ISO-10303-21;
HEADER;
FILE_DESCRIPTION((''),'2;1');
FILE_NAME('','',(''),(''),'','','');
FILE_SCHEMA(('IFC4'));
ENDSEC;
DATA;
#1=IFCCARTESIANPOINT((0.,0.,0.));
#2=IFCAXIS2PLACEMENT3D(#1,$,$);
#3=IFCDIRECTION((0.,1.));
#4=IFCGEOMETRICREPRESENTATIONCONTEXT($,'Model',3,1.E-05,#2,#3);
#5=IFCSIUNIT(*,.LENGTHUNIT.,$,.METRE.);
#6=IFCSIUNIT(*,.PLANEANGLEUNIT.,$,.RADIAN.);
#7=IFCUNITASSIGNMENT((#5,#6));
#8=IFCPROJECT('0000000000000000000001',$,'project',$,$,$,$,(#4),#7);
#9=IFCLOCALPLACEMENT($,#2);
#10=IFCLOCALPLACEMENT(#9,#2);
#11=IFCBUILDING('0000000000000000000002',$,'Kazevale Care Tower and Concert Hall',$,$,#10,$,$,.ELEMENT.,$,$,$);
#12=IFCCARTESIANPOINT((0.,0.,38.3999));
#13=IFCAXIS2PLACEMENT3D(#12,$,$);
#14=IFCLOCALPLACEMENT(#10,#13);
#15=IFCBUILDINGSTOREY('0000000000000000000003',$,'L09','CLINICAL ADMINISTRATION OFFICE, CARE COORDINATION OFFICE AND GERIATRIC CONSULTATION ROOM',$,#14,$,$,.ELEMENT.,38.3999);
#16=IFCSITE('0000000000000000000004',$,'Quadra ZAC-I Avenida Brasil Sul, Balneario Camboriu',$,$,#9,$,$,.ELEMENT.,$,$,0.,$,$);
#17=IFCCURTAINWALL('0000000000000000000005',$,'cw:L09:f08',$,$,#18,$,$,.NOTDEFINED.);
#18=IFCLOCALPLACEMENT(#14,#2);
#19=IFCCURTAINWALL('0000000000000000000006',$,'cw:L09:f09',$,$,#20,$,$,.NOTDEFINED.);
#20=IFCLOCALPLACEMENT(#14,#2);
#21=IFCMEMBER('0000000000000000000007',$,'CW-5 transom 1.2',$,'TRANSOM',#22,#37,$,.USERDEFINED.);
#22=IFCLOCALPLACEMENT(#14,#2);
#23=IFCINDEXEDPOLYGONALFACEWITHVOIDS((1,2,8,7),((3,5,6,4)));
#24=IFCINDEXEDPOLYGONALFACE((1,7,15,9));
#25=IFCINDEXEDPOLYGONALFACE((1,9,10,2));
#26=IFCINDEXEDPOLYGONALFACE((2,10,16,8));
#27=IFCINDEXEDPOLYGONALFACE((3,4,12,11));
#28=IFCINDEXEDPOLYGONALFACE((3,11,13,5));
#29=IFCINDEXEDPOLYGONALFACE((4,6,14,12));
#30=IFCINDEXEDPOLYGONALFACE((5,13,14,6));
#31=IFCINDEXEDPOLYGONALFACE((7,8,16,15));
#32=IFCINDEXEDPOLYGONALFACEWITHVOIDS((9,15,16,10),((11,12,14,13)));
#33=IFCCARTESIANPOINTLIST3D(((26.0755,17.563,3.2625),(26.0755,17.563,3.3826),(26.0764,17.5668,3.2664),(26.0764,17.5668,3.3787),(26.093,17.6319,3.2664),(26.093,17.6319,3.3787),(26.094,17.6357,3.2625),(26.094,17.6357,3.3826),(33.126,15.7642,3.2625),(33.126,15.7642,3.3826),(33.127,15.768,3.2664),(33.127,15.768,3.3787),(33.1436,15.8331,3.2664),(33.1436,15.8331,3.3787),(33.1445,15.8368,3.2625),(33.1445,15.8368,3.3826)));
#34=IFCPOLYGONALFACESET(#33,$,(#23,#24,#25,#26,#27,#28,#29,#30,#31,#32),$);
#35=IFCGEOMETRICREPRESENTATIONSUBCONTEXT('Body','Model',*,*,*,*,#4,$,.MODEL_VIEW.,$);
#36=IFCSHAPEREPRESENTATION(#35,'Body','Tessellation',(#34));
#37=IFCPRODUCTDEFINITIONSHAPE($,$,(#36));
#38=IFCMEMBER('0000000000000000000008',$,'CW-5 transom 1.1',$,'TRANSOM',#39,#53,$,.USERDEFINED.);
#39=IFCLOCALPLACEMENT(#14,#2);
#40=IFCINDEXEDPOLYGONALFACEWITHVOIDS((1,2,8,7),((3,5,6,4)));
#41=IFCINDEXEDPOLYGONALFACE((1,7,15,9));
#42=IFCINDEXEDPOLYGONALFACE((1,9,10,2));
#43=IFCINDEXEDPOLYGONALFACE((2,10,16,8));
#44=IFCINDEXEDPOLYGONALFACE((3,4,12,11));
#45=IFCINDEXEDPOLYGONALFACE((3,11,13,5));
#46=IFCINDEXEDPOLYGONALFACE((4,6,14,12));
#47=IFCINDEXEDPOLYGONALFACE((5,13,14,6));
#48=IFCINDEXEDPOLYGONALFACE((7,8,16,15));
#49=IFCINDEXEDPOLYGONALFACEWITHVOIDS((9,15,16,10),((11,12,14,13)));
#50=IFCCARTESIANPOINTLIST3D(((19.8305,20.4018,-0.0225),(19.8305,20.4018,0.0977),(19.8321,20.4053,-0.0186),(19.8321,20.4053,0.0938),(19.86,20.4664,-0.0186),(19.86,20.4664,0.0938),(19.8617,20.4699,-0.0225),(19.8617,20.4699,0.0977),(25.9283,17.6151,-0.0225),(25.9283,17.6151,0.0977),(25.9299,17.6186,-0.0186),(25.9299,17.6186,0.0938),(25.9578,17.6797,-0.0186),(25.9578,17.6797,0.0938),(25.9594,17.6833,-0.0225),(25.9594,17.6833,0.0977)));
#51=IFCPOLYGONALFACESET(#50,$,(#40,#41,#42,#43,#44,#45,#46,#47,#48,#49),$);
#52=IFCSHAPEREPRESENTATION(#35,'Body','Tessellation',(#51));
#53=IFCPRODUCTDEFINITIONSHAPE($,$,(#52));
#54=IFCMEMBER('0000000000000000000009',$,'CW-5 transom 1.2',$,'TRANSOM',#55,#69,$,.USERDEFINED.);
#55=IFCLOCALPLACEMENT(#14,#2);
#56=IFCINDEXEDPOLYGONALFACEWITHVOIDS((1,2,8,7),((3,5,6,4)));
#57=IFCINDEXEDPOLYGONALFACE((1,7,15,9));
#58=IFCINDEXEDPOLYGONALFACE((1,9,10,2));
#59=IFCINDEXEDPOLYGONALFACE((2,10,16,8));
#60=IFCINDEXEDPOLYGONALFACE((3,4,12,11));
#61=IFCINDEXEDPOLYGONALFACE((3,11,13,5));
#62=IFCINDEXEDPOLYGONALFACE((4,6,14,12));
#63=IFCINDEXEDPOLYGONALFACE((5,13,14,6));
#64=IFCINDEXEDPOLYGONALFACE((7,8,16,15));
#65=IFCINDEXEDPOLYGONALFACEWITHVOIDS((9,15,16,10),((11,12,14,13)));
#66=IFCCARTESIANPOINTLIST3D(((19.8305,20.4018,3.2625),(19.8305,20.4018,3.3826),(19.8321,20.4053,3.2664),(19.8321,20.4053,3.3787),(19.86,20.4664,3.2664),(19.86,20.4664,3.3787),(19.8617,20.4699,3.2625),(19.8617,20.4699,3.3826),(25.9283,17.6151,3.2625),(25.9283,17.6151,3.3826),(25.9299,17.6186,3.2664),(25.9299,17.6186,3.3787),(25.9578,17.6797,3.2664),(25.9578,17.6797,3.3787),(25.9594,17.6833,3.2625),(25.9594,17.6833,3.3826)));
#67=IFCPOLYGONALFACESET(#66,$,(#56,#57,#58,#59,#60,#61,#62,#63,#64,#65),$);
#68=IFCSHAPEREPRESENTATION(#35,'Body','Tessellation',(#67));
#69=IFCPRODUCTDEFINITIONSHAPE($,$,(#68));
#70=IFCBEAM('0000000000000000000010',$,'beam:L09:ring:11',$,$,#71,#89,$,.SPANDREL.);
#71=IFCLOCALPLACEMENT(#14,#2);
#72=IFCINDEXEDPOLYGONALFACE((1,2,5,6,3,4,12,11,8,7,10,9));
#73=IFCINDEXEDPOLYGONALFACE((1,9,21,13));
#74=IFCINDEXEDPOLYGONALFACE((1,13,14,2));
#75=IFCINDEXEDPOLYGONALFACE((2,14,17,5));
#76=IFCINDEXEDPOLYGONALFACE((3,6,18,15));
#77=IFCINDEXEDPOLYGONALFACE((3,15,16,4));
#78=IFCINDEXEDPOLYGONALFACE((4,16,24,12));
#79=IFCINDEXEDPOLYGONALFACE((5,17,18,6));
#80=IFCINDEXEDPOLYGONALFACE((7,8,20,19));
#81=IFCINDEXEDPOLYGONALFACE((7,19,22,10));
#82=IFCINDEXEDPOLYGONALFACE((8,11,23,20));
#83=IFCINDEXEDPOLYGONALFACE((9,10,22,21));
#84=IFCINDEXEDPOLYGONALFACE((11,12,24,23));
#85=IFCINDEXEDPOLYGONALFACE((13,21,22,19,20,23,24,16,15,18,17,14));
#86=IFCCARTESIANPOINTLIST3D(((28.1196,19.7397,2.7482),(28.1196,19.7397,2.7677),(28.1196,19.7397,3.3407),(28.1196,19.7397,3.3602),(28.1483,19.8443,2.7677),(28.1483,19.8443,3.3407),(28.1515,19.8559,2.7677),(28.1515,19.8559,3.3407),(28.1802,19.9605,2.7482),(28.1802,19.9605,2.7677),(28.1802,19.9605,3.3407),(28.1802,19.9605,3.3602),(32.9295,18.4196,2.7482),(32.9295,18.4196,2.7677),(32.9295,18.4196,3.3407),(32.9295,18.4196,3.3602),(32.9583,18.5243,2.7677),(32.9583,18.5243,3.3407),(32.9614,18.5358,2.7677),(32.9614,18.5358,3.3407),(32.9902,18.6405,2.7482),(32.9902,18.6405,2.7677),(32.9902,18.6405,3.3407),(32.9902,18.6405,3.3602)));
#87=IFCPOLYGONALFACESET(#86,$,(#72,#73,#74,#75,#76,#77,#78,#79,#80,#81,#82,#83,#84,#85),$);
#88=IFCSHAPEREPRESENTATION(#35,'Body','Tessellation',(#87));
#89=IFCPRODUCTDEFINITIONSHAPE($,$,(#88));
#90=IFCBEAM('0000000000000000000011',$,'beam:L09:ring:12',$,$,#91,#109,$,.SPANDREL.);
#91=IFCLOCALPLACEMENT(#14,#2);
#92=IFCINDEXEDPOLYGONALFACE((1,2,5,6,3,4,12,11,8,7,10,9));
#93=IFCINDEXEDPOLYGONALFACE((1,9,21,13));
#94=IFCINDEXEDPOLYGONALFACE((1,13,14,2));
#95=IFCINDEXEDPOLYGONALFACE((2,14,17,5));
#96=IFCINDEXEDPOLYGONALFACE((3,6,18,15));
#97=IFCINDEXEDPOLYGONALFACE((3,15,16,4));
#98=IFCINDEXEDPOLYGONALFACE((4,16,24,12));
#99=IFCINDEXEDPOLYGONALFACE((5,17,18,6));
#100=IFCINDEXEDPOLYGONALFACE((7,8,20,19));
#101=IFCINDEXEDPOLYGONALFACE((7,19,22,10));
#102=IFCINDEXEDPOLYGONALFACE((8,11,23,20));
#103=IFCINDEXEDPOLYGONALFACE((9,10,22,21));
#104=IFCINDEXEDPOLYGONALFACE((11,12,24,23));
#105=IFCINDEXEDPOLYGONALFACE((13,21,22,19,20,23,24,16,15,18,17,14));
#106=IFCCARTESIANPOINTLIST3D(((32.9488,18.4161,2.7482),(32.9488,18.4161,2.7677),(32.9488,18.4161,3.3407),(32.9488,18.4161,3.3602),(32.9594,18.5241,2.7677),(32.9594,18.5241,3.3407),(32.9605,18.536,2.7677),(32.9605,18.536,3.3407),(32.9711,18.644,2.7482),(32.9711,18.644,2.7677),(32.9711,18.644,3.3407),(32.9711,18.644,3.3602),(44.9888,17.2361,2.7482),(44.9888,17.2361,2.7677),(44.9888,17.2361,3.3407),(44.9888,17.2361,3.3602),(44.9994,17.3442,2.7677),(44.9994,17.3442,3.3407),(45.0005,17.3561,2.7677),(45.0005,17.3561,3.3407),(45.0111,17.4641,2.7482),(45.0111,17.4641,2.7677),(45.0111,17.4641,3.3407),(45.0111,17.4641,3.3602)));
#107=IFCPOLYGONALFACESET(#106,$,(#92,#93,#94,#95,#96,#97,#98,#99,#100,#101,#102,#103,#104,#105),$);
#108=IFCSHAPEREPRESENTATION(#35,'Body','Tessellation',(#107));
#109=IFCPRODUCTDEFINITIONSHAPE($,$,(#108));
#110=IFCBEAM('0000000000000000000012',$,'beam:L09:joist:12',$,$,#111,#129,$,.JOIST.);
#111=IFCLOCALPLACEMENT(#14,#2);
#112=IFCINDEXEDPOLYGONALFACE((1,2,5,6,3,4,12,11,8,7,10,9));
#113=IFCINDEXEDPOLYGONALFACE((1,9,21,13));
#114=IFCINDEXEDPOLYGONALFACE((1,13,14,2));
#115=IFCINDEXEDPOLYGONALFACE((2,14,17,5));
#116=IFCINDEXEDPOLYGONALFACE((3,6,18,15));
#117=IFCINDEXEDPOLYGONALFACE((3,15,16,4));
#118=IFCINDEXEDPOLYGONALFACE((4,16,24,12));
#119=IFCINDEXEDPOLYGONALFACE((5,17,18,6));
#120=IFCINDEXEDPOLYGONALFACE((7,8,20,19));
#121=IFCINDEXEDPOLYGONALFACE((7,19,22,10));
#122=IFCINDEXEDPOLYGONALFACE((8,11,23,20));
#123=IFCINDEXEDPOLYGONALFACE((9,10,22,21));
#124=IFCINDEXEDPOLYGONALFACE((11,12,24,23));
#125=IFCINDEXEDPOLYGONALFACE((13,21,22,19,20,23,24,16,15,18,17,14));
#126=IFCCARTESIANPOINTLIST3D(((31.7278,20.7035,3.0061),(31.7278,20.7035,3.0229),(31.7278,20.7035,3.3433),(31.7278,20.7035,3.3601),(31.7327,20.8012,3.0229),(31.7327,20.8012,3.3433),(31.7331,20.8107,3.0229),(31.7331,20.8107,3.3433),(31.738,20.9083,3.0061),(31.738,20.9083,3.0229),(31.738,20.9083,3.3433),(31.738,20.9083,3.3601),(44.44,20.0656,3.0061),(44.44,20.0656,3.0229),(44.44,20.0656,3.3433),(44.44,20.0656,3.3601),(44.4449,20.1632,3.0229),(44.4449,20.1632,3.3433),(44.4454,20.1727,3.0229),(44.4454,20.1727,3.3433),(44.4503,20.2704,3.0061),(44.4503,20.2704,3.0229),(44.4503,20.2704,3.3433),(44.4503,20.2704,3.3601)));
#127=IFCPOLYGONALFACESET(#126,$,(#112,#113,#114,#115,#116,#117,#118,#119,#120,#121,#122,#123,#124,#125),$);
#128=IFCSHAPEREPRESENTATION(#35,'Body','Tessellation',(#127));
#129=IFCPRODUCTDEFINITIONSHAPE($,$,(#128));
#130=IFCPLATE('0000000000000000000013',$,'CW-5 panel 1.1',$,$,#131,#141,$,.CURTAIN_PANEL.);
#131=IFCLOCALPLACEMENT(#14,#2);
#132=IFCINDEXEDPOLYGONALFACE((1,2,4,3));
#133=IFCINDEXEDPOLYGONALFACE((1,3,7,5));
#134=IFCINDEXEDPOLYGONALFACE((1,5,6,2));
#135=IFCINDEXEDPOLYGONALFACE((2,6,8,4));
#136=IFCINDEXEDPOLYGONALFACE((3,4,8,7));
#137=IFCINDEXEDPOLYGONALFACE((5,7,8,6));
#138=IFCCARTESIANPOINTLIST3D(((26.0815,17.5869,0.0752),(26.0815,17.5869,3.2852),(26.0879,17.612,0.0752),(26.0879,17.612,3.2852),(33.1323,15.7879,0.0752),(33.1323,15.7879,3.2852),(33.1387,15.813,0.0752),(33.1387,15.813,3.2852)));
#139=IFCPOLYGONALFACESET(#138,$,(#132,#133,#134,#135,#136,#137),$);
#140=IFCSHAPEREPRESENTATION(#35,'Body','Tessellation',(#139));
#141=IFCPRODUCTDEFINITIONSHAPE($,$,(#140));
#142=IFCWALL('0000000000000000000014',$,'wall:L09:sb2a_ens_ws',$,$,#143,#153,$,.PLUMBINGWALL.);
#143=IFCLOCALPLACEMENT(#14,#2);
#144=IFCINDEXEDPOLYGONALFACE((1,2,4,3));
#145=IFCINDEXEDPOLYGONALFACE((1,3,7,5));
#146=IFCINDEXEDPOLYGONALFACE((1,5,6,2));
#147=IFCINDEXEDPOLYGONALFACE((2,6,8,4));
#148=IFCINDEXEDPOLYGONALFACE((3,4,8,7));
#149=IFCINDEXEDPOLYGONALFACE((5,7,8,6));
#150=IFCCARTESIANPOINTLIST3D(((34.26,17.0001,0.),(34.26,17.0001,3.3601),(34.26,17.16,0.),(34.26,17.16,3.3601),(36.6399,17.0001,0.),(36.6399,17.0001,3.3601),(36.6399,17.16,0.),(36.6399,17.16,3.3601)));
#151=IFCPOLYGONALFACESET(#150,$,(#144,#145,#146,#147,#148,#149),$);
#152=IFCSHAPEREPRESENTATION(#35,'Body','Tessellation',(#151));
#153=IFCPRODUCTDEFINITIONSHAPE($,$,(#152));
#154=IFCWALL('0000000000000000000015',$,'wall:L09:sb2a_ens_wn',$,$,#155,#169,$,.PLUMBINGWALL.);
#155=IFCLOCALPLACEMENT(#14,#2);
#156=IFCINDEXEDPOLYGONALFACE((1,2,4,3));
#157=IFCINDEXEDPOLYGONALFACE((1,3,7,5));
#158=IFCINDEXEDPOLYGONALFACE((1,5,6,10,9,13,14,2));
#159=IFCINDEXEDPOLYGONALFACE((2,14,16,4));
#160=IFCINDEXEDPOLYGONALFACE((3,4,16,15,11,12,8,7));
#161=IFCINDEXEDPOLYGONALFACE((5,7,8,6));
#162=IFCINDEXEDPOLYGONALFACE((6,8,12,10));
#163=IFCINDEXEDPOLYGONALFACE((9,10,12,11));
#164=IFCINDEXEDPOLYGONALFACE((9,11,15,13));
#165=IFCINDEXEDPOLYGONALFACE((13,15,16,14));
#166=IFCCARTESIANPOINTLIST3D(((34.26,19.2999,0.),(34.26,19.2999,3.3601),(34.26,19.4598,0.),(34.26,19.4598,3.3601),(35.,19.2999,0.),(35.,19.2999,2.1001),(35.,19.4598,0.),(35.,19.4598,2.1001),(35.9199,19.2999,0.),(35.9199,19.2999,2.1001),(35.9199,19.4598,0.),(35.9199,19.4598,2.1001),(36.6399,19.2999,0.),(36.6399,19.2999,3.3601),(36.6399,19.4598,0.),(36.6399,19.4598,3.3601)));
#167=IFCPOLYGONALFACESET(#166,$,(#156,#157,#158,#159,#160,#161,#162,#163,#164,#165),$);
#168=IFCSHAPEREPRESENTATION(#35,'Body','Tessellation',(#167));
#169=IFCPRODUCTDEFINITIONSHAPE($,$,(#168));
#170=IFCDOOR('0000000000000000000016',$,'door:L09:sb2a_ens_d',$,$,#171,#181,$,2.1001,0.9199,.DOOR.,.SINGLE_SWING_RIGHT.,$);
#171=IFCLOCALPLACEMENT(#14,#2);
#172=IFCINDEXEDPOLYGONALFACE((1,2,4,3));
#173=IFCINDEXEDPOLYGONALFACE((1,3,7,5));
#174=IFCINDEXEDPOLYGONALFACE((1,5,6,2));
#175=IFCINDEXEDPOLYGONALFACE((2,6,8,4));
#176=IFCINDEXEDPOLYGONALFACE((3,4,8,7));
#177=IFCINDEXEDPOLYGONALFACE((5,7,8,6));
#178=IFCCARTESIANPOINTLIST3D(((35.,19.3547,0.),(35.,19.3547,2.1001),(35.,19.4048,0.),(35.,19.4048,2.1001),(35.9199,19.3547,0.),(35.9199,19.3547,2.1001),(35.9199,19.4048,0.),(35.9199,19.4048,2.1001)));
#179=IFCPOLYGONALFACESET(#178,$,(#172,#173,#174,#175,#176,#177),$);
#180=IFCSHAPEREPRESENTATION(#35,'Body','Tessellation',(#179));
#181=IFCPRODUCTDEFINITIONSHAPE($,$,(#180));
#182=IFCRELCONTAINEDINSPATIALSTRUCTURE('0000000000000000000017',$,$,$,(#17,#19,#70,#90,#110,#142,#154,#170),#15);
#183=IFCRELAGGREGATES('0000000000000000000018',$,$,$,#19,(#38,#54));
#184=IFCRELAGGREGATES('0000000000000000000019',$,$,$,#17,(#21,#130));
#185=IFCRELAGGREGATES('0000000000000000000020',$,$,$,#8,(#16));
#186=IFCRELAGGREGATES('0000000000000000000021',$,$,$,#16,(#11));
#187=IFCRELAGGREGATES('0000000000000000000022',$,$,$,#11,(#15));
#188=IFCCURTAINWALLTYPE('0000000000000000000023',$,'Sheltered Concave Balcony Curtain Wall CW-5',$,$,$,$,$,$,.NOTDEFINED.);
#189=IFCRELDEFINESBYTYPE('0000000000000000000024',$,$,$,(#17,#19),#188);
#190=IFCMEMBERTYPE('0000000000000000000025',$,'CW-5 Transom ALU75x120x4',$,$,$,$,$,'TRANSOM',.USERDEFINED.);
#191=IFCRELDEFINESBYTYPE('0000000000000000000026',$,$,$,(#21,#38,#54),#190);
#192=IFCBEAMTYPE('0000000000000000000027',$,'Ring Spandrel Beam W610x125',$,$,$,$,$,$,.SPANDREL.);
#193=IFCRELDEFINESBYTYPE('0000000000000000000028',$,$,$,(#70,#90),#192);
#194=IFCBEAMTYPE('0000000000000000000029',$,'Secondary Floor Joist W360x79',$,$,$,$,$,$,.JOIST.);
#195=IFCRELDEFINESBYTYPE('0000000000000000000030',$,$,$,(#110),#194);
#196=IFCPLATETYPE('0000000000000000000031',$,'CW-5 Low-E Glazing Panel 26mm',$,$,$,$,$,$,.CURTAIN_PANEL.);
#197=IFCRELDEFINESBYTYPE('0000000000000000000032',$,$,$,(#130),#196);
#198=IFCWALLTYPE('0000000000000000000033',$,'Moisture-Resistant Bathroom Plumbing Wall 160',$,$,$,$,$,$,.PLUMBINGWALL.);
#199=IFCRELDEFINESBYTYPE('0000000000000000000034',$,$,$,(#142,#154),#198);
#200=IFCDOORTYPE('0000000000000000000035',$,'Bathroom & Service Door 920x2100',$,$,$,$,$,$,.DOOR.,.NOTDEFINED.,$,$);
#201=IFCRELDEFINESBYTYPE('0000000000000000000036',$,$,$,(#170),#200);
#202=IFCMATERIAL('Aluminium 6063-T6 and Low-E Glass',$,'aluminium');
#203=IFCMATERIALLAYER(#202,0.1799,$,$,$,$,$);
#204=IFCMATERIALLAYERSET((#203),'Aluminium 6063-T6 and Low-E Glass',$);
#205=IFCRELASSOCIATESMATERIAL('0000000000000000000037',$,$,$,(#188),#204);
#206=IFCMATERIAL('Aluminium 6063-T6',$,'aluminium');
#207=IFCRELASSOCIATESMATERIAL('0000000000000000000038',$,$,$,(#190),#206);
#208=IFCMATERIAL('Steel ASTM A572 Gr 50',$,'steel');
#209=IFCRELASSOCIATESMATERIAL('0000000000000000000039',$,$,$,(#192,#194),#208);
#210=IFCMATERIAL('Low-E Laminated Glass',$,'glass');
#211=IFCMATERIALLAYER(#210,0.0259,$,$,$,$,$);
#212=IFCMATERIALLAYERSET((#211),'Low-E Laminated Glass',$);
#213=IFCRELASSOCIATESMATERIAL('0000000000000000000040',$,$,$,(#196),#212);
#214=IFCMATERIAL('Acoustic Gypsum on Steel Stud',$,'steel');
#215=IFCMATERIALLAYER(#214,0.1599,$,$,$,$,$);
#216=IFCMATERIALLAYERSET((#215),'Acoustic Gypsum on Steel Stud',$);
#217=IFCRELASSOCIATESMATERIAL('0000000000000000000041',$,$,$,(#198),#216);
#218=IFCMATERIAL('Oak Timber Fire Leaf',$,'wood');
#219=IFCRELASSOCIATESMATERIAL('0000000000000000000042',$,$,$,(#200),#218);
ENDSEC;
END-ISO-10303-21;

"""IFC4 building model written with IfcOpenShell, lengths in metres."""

from ifc_helpers import new_model, si_unit, direction, frame, frame_2d, origin, origin_2d, place, context, subcontext, project, spatial, rectangle, hollow_rectangle, i_section, extrude, material, layer, layer_set, material_profile, profile_set, type_object, element, fill, aggregate, save


model = new_model("IFC4")

# Units and contexts
model_context = context("Model", 3, precision=1e-05, world=origin(), true_north=direction((0.0, 1.0)))
body_context = subcontext(model_context, "Body", "Model", "MODEL_VIEW")
ifc_project = project(units=[si_unit("LENGTHUNIT", "METRE"), si_unit("PLANEANGLEUNIT", "RADIAN")], contexts=[model_context])

# Site, building, storey
site_placement = place(None, origin())
site = spatial("IfcSite", under=ifc_project, at=site_placement, Name="Quadra ZAC-I Avenida Brasil Sul, Balneario Camboriu", CompositionType="ELEMENT", RefElevation=0.0)
building_placement = place(site_placement, origin())
building = spatial("IfcBuilding", under=site, at=building_placement, Name="Kazevale Care Tower and Concert Hall", CompositionType="ELEMENT")
storey_placement = place(building_placement, frame((0.0, 0.0, 38.3999)))
storey = spatial("IfcBuildingStorey", under=building, at=storey_placement, Name="L09", Description="CLINICAL ADMINISTRATION OFFICE, CARE COORDINATION OFFICE AND GERIATRIC CONSULTATION ROOM", CompositionType="ELEMENT", Elevation=38.3999)

# Shared definitions
ifc_material_1 = material(Name="Aluminium 6063-T6 and Low-E Glass", Category="aluminium")
ifc_layer_1 = layer(ifc_material_1, 0.1799)
ifc_layer_set_1 = layer_set([ifc_layer_1], Name="Aluminium 6063-T6 and Low-E Glass")
curtain_wall_type = type_object("IfcCurtainWallType", Name="Sheltered Concave Balcony Curtain Wall CW-5", PredefinedType="NOTDEFINED", material=ifc_layer_set_1)
ifc_material_2 = material(Name="Aluminium 6063-T6", Category="aluminium")

# Curtain wall
curtain_wall_1_placement = place(storey_placement, origin())
curtain_wall_1 = element("IfcCurtainWall", 1, at=curtain_wall_1_placement, inside=storey, type_object=curtain_wall_type, Name="cw:L09:f08", PredefinedType="NOTDEFINED")

# Curtain wall
curtain_wall_2_placement = place(storey_placement, origin())
curtain_wall_2 = element("IfcCurtainWall", 2, at=curtain_wall_2_placement, inside=storey, type_object=curtain_wall_type, Name="cw:L09:f09", PredefinedType="NOTDEFINED")

# Members
ifc_material_profile_1 = material_profile(ifc_material_2, hollow_rectangle(XDim=0.075, YDim=0.1201, WallThickness=0.0039, at=origin_2d()), Name="ALU75x120x4")
ifc_profile_set_1 = profile_set([ifc_material_profile_1], Name="Aluminium 6063-T6")
member_type_1 = type_object("IfcMemberType", Name="CW-5 Transom ALU75x120x4", ElementType="TRANSOM", PredefinedType="USERDEFINED", material=ifc_profile_set_1)
member_1_placement = place(storey_placement, frame((33.1353, 15.8005, 3.3225), z_axis=(-0.968961, 0.247214, 0.0), x_axis=(-0.247214, -0.968961, 0.0)))
member_1 = element("IfcMember", 3, at=member_1_placement, type_object=member_type_1, Name="CW-5 transom 1.2", ObjectType="TRANSOM", PredefinedType="USERDEFINED", context=body_context, shape_type="SweptSolid", body=[
    extrude(hollow_rectangle(XDim=0.075, YDim=0.1201, WallThickness=0.0039, at=origin_2d()), origin(), (0.0, 0.0, 1.0), 7.2764),
])
member_2_placement = place(storey_placement, frame((25.9438, 17.6492, 0.0376), z_axis=(-0.909524, 0.415651, 0.0), x_axis=(-0.415651, -0.909524, 0.0)))
member_2 = element("IfcMember", 4, at=member_2_placement, type_object=member_type_1, Name="CW-5 transom 1.1", ObjectType="TRANSOM", PredefinedType="USERDEFINED", context=body_context, shape_type="SweptSolid", body=[
    extrude(hollow_rectangle(XDim=0.075, YDim=0.1201, WallThickness=0.0039, at=origin_2d()), origin(), (0.0, 0.0, 1.0), 6.7043),
])
member_3_placement = place(storey_placement, frame((25.9438, 17.6492, 3.3225), z_axis=(-0.909524, 0.415651, 0.0), x_axis=(-0.415651, -0.909524, 0.0)))
member_3 = element("IfcMember", 5, at=member_3_placement, type_object=member_type_1, Name="CW-5 transom 1.2", ObjectType="TRANSOM", PredefinedType="USERDEFINED", context=body_context, shape_type="SweptSolid", body=[
    extrude(hollow_rectangle(XDim=0.075, YDim=0.1201, WallThickness=0.0039, at=origin_2d()), origin(), (0.0, 0.0, 1.0), 6.7043),
])
aggregate(curtain_wall_2, [member_2, member_3])

# Beams
ifc_material_3 = material(Name="Steel ASTM A572 Gr 50", Category="steel")
ifc_material_profile_2 = material_profile(ifc_material_3, i_section(OverallWidth=0.229, OverallDepth=0.6121, WebThickness=0.012, FlangeThickness=0.0195, at=origin_2d()), Name="W610x125")
ifc_profile_set_2 = profile_set([ifc_material_profile_2], Name="Steel ASTM A572 Gr 50")
beam_type_1 = type_object("IfcBeamType", Name="Ring Spandrel Beam W610x125", PredefinedType="SPANDREL", material=ifc_profile_set_2)
beam_1_placement = place(storey_placement, frame((28.1499, 19.8501, 3.0542), z_axis=(0.964344, -0.264654, 0.0), x_axis=(0.264654, 0.964344, 0.0)))
element("IfcBeam", 6, at=beam_1_placement, inside=storey, type_object=beam_type_1, Name="beam:L09:ring:11", PredefinedType="SPANDREL", context=body_context, shape_type="SweptSolid", body=[
    extrude(i_section(OverallWidth=0.229, OverallDepth=0.6121, WebThickness=0.012, FlangeThickness=0.0195, at=origin_2d()), origin(), (0.0, 0.0, 1.0), 4.9878),
])
beam_2_placement = place(storey_placement, frame((32.96, 18.53, 3.0542), z_axis=(0.995232, -0.097533, 0.0), x_axis=(0.097533, 0.995232, 0.0)))
element("IfcBeam", 7, at=beam_2_placement, inside=storey, type_object=beam_type_1, Name="beam:L09:ring:12", PredefinedType="SPANDREL", context=body_context, shape_type="SweptSolid", body=[
    extrude(i_section(OverallWidth=0.229, OverallDepth=0.6121, WebThickness=0.012, FlangeThickness=0.0195, at=origin_2d()), origin(), (0.0, 0.0, 1.0), 12.0977),
])
ifc_material_profile_3 = material_profile(ifc_material_3, i_section(OverallWidth=0.2051, OverallDepth=0.354, WebThickness=0.0095, FlangeThickness=0.0168, at=origin_2d()), Name="W360x79")
ifc_profile_set_3 = profile_set([ifc_material_profile_3], Name="Steel ASTM A572 Gr 50")
beam_type_2 = type_object("IfcBeamType", Name="Secondary Floor Joist W360x79", PredefinedType="JOIST", material=ifc_profile_set_3)
beam_3_placement = place(storey_placement, frame((31.7329, 20.8059, 3.1831), z_axis=(0.998743, -0.05012, 0.0), x_axis=(0.05012, 0.998743, 0.0)))
element("IfcBeam", 8, at=beam_3_placement, inside=storey, type_object=beam_type_2, Name="beam:L09:joist:12", PredefinedType="JOIST", context=body_context, shape_type="SweptSolid", body=[
    extrude(i_section(OverallWidth=0.2051, OverallDepth=0.354, WebThickness=0.0095, FlangeThickness=0.0168, at=origin_2d()), origin(), (0.0, 0.0, 1.0), 12.7283),
])

# Plate
ifc_material_4 = material(Name="Low-E Laminated Glass", Category="glass")
ifc_layer_2 = layer(ifc_material_4, 0.0259)
ifc_layer_set_2 = layer_set([ifc_layer_2], Name="Low-E Laminated Glass")
plate_type = type_object("IfcPlateType", Name="CW-5 Low-E Glazing Panel 26mm", PredefinedType="CURTAIN_PANEL", material=ifc_layer_set_2)
plate_placement = place(storey_placement, frame((29.6101, 16.7, 0.0752), z_axis=(0.0, 0.0, 1.0), x_axis=(-0.968959, 0.247222, 0.0)))
plate = element("IfcPlate", 9, at=plate_placement, type_object=plate_type, Name="CW-5 panel 1.1", PredefinedType="CURTAIN_PANEL", context=body_context, shape_type="SweptSolid", body=[
    extrude(rectangle(XDim=7.2766, YDim=0.0259, at=origin_2d()), origin(), (0.0, 0.0, 1.0), 3.21),
])
aggregate(curtain_wall_1, [member_1, plate])

# Wall
ifc_material_5 = material(Name="Acoustic Gypsum on Steel Stud", Category="steel")
ifc_layer_3 = layer(ifc_material_5, 0.1599)
ifc_layer_set_3 = layer_set([ifc_layer_3], Name="Acoustic Gypsum on Steel Stud")
wall_type = type_object("IfcWallType", Name="Moisture-Resistant Bathroom Plumbing Wall 160", PredefinedType="PLUMBINGWALL", material=ifc_layer_set_3)
wall_1_placement = place(storey_placement, frame((34.26, 17.0801, 0.0), z_axis=(0.0, 0.0, 1.0), x_axis=(1.0, 0.0, 0.0)))
element("IfcWall", 10, at=wall_1_placement, inside=storey, type_object=wall_type, Name="wall:L09:sb2a_ens_ws", PredefinedType="PLUMBINGWALL", context=body_context, shape_type="SweptSolid", body=[
    extrude(rectangle(XDim=2.3799, YDim=0.1599, at=frame_2d((1.1899, 0.0))), origin(), (0.0, 0.0, 1.0), 3.3601),
])

# Wall, opening, door
wall_2_placement = place(storey_placement, frame((34.26, 19.3799, 0.0), z_axis=(0.0, 0.0, 1.0), x_axis=(1.0, 0.0, 0.0)))
wall_2 = element("IfcWall", 11, at=wall_2_placement, inside=storey, type_object=wall_type, Name="wall:L09:sb2a_ens_wn", PredefinedType="PLUMBINGWALL", context=body_context, shape_type="SweptSolid", body=[
    extrude(rectangle(XDim=2.3799, YDim=0.1599, at=frame_2d((1.1899, 0.0))), origin(), (0.0, 0.0, 1.0), 3.3601),
])
opening_placement = place(wall_2_placement, frame((0.74, 0.0, 0.0)))
opening = element("IfcOpeningElement", 12, at=opening_placement, cuts=wall_2, PredefinedType="OPENING", context=body_context, shape_type="SweptSolid", body=[
    extrude(rectangle(XDim=0.9199, YDim=2.1001, at=frame_2d((0.46, 1.05))), frame((0.0, 0.0898, 0.0), z_axis=(0.0, -1.0, 0.0), x_axis=(1.0, 0.0, 0.0)), (0.0, 0.0, 1.0), 0.1799),
])
ifc_material_6 = material(Name="Oak Timber Fire Leaf", Category="wood")
door_type = type_object("IfcDoorType", Name="Bathroom & Service Door 920x2100", OperationType="NOTDEFINED", PredefinedType="DOOR", material=ifc_material_6)
door_placement = place(opening_placement, origin())
door = element("IfcDoor", 13, at=door_placement, inside=storey, type_object=door_type, Name="door:L09:sb2a_ens_d", OperationType="SINGLE_SWING_RIGHT", OverallHeight=2.1001, OverallWidth=0.9199, PredefinedType="DOOR", context=body_context, shape_type="SweptSolid", body=[
    extrude(rectangle(XDim=0.9199, YDim=2.1001, at=frame_2d((0.46, 1.05))), frame((0.0, 0.0249, 0.0), z_axis=(0.0, -1.0, 0.0), x_axis=(1.0, 0.0, 0.0)), (0.0, 0.0, 1.0), 0.05),
])
fill(opening, door)

save(model, "model.ifc")
